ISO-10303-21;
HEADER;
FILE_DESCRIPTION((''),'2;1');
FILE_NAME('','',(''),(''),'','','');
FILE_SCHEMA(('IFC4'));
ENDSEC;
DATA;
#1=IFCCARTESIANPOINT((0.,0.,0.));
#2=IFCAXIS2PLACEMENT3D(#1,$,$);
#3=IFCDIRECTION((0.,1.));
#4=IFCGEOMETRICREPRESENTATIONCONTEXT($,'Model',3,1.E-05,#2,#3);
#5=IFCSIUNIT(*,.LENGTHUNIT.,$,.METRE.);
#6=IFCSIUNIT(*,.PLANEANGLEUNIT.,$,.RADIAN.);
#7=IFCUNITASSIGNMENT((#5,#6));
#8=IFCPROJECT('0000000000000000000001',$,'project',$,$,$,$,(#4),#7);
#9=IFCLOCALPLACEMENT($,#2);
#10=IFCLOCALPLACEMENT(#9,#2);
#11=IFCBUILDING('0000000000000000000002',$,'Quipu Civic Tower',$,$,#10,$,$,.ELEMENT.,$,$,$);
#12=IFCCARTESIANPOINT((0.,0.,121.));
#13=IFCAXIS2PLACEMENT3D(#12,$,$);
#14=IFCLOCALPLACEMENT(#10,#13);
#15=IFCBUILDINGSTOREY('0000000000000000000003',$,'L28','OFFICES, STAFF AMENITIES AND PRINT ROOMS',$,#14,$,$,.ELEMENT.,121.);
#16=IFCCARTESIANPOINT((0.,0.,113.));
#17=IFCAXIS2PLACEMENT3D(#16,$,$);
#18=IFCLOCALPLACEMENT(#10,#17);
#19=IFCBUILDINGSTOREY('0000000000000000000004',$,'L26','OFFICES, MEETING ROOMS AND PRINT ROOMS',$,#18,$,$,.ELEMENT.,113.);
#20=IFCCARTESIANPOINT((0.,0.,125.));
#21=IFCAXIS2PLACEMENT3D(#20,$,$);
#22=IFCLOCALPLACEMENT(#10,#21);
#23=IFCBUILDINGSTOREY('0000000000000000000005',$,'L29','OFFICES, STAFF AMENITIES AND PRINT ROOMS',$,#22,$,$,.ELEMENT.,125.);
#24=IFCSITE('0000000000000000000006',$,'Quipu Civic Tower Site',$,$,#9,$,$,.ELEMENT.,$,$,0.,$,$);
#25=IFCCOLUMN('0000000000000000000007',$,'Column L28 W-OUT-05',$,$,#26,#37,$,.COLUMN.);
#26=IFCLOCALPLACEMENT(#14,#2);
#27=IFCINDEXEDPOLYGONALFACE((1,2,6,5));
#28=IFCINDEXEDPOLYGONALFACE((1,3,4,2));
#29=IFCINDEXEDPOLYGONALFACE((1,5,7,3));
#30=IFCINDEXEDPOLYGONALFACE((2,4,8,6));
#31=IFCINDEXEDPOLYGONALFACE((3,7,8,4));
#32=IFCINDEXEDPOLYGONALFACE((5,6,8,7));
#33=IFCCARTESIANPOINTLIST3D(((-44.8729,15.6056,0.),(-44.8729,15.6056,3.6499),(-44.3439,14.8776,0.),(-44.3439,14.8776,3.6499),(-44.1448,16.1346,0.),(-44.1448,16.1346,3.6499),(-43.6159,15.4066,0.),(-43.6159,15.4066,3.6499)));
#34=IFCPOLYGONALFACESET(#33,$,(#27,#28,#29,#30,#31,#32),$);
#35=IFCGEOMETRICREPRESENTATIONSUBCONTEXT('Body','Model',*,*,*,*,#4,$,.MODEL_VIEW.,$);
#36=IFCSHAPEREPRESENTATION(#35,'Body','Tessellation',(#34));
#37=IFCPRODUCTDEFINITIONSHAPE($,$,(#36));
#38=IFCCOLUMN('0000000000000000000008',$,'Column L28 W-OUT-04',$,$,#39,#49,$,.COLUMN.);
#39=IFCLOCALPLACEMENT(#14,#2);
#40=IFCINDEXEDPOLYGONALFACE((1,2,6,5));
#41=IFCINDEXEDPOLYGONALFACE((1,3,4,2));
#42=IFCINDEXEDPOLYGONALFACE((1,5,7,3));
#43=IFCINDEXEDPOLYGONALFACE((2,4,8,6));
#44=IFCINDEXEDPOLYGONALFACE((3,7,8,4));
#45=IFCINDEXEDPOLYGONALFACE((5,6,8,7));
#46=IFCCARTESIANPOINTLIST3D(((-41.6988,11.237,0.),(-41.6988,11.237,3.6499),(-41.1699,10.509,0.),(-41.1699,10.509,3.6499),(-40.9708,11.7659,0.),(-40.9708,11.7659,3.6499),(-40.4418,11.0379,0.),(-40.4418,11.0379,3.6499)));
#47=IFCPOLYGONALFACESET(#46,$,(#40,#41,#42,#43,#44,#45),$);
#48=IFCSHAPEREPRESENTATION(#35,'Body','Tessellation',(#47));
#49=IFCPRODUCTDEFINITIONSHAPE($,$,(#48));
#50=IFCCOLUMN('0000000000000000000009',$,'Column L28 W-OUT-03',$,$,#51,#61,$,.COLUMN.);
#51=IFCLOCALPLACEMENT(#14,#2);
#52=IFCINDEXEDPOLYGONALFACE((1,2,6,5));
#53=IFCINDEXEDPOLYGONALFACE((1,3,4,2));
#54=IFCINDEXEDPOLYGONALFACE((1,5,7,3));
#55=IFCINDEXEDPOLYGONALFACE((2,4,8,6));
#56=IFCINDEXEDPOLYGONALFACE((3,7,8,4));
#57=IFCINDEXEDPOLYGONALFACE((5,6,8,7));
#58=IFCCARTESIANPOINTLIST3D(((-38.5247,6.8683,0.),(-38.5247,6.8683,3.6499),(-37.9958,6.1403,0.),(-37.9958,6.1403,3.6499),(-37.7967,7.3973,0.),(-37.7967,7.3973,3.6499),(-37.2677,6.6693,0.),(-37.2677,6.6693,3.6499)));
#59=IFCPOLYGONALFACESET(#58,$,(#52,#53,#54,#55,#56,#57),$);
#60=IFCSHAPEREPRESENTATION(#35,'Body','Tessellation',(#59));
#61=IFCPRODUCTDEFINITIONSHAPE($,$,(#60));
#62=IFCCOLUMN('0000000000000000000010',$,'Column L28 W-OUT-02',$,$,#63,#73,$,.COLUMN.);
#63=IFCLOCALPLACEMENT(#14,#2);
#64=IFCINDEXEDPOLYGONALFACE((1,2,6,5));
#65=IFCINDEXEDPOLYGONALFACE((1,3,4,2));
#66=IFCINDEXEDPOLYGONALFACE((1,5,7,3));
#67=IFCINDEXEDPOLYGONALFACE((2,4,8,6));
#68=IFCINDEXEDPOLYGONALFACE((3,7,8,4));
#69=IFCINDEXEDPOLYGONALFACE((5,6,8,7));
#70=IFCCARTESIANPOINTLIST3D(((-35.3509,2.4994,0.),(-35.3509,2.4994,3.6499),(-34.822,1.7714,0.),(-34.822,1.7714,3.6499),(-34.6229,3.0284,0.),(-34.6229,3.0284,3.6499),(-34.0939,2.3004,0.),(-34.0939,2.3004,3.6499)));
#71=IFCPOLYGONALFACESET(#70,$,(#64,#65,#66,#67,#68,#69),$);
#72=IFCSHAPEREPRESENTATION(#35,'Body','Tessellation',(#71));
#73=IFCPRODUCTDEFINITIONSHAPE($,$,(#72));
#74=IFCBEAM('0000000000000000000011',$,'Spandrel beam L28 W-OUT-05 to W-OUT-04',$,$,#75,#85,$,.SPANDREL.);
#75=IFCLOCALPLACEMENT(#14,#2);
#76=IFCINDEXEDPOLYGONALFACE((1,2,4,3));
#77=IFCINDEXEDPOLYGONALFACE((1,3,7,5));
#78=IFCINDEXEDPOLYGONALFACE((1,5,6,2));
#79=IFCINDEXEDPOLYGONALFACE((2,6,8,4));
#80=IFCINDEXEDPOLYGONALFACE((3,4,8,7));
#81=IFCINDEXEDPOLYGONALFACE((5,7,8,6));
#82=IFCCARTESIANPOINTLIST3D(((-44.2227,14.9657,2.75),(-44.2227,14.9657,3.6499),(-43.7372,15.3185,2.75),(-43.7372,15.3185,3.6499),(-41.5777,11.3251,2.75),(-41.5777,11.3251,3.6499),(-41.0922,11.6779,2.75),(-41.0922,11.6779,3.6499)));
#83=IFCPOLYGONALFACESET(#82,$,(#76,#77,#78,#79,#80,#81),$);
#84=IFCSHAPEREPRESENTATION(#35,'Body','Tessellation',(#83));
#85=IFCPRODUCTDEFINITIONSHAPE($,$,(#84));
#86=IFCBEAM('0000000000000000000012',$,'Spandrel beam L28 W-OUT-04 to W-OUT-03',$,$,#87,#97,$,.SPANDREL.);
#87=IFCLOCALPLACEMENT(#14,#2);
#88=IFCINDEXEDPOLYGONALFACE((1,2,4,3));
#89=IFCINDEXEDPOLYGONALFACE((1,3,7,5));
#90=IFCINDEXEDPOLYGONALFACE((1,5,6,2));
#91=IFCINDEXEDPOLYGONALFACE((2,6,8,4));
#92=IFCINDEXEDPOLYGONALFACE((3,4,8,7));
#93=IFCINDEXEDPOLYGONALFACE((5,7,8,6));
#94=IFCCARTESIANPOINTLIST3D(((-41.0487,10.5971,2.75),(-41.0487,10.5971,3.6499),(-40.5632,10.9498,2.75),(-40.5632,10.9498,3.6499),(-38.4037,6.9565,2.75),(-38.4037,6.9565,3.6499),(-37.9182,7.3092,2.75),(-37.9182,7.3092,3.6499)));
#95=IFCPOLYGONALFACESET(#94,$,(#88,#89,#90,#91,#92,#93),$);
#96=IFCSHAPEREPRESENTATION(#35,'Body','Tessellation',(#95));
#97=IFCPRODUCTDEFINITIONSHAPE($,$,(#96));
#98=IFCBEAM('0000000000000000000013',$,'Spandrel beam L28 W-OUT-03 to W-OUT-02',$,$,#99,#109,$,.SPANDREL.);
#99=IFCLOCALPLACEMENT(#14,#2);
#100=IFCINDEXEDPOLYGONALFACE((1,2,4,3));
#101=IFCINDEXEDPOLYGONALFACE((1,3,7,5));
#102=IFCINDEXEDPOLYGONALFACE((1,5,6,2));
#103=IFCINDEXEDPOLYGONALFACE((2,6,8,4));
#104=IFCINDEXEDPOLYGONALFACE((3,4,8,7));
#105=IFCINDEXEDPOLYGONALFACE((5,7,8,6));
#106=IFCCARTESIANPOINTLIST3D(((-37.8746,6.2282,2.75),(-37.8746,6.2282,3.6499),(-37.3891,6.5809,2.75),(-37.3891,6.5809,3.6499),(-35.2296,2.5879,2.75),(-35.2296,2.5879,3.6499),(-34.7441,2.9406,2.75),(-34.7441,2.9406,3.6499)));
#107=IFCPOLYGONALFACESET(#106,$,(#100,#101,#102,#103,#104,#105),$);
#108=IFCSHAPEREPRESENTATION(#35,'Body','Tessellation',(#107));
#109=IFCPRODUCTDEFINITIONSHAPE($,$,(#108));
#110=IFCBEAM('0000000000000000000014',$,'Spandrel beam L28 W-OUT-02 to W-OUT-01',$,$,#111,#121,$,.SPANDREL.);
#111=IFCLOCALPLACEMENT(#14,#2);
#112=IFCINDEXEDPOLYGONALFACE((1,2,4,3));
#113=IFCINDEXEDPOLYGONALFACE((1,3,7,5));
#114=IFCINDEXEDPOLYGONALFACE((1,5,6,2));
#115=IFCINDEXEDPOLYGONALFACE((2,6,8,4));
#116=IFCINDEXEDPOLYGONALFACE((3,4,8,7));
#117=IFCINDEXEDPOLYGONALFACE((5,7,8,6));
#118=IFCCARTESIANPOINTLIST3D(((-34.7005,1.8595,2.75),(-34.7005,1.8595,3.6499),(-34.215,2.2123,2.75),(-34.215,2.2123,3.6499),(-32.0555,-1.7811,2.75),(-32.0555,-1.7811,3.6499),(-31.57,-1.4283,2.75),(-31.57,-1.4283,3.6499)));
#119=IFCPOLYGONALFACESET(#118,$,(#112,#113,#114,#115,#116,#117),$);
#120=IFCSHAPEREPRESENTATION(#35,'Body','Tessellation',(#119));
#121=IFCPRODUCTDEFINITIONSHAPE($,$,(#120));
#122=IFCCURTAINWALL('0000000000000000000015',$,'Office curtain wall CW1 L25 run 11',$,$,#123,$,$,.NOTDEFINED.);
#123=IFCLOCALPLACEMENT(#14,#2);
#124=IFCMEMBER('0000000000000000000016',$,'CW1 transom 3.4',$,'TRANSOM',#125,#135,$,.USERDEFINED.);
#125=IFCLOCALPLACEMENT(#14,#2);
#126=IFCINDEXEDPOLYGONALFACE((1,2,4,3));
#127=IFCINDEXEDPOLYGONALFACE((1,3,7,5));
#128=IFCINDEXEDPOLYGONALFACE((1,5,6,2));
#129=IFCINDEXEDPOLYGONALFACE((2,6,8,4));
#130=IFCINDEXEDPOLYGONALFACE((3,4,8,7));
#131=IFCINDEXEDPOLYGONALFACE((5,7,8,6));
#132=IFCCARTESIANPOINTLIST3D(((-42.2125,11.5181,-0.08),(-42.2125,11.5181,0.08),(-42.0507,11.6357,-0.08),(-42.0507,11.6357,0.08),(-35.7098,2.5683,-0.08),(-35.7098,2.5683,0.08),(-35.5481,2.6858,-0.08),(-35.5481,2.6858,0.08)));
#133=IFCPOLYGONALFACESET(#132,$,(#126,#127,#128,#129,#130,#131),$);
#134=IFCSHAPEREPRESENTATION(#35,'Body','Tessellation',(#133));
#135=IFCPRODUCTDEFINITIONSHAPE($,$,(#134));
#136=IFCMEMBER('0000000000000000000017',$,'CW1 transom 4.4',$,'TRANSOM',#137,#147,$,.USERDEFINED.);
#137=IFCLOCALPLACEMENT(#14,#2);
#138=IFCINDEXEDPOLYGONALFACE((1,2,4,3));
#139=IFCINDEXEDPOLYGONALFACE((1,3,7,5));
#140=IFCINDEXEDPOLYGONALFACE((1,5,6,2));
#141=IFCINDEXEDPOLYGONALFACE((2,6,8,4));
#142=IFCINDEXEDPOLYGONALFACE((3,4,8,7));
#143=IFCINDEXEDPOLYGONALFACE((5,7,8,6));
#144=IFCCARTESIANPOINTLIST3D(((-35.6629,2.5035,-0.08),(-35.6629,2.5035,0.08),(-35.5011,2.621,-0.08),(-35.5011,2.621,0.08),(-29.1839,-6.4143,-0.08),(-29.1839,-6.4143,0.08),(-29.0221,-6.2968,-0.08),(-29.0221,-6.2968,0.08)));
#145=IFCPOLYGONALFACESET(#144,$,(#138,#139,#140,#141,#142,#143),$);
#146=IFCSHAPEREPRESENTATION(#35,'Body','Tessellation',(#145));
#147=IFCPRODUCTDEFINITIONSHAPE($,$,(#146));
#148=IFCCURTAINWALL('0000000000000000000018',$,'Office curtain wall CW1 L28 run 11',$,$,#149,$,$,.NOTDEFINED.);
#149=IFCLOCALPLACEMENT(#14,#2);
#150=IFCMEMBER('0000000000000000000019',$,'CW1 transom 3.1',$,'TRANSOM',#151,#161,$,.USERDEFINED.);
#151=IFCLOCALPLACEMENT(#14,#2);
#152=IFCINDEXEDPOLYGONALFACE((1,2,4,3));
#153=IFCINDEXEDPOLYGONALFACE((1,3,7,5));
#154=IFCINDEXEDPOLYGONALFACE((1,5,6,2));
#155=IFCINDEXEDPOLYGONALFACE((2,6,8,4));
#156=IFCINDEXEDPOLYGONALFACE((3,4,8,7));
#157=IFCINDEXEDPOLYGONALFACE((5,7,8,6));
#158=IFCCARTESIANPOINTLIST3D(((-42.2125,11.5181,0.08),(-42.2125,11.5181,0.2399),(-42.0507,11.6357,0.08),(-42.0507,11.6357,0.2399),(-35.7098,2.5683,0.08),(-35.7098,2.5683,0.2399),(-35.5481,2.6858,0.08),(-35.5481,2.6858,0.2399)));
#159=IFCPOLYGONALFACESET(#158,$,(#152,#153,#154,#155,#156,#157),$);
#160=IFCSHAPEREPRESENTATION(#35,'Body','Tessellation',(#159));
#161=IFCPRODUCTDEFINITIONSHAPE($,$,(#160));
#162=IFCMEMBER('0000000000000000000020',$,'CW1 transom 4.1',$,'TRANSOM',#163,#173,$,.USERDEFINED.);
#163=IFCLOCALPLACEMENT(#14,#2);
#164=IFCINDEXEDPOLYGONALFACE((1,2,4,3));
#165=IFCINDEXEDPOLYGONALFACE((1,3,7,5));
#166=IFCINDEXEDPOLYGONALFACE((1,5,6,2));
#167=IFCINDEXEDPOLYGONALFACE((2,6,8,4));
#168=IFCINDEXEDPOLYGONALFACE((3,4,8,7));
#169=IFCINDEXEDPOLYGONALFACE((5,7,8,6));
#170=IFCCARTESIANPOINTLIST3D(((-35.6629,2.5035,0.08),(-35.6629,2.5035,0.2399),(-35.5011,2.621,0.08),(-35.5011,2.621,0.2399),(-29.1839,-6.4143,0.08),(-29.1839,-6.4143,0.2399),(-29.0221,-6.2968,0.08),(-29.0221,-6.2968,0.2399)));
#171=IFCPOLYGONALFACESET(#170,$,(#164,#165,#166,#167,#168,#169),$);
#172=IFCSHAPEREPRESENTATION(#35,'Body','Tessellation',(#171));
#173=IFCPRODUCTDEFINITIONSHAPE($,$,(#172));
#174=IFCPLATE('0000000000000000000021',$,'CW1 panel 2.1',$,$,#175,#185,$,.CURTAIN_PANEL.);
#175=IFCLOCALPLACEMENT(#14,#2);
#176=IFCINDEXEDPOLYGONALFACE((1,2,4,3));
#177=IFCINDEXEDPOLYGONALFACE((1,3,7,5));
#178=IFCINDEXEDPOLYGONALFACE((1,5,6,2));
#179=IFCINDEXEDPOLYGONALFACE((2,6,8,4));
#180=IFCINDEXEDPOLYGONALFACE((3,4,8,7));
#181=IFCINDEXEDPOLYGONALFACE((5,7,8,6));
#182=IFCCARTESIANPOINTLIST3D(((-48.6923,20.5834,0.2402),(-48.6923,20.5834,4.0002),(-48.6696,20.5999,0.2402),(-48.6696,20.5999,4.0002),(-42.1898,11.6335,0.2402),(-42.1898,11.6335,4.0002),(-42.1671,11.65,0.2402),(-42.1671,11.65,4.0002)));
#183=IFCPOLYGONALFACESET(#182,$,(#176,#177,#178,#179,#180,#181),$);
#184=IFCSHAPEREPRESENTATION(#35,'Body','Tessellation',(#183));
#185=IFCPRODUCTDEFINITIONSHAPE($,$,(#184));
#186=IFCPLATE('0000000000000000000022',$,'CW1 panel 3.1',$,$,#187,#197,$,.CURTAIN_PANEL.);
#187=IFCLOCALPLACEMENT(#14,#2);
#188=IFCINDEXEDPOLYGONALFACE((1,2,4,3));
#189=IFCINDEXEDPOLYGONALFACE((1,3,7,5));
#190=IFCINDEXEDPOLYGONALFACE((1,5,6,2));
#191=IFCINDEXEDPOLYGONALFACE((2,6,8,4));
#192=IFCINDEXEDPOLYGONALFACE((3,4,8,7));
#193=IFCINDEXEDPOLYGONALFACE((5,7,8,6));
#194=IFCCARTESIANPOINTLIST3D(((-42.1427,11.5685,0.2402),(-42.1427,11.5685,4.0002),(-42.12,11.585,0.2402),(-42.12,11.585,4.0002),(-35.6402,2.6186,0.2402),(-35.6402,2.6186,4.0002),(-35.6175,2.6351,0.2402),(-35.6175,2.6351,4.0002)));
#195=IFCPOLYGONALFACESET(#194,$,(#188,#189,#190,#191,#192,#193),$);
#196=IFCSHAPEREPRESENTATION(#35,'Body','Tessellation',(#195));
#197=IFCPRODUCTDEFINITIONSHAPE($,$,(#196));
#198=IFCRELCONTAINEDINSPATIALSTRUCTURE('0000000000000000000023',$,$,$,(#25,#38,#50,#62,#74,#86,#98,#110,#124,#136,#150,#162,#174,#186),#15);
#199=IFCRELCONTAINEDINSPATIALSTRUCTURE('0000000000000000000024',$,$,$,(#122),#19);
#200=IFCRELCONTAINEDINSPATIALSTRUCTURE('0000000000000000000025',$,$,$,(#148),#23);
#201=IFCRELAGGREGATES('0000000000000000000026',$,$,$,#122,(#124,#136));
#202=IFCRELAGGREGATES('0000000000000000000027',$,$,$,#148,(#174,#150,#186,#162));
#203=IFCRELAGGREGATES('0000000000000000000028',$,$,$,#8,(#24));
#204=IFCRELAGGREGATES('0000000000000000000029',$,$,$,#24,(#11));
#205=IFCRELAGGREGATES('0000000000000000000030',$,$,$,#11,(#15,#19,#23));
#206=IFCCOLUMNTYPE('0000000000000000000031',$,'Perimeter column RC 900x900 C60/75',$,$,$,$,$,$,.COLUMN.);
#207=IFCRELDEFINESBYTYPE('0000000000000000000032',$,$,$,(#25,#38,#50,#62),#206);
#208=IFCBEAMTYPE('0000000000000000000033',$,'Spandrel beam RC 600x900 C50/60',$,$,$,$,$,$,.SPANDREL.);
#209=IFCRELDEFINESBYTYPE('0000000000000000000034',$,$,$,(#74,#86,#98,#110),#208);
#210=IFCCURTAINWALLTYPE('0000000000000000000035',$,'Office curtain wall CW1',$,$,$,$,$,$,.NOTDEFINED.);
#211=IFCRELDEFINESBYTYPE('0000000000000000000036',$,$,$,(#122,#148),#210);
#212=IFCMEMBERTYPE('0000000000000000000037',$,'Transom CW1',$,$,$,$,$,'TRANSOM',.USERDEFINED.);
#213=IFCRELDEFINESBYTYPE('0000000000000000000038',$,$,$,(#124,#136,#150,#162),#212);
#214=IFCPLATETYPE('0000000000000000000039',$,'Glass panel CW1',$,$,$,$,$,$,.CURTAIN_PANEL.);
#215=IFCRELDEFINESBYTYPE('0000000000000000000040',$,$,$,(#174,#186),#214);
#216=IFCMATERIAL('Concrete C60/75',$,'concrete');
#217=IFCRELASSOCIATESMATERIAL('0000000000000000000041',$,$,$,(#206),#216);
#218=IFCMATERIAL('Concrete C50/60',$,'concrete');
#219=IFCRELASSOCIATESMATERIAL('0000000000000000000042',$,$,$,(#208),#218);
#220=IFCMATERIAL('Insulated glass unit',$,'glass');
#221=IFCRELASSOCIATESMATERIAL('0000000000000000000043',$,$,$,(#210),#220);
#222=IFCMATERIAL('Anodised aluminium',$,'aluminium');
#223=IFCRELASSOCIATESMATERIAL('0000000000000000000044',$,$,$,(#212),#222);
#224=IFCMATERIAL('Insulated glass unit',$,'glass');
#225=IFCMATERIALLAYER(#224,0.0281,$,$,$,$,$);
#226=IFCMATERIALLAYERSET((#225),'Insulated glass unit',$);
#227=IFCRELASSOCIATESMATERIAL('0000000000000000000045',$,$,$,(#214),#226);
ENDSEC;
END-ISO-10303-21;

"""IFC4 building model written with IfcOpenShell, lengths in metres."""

from ifc_helpers import new_model, si_unit, direction, frame, origin, origin_2d, place, context, subcontext, project, spatial, rectangle, extrude, material, layer, layer_set, material_profile, profile_set, type_object, element, aggregate, save


model = new_model("IFC4")

# Units and contexts
model_context = context("Model", 3, precision=1e-05, world=origin(), true_north=direction((0.0, 1.0)))
body_context = subcontext(model_context, "Body", "Model", "MODEL_VIEW")
ifc_project = project(units=[si_unit("LENGTHUNIT", "METRE"), si_unit("PLANEANGLEUNIT", "RADIAN")], contexts=[model_context])

# Site, building, storey
site_placement = place(None, origin())
site = spatial("IfcSite", under=ifc_project, at=site_placement, Name="Quipu Civic Tower Site", CompositionType="ELEMENT", RefElevation=0.0)
building_placement = place(site_placement, origin())
building = spatial("IfcBuilding", under=site, at=building_placement, Name="Quipu Civic Tower", CompositionType="ELEMENT")
storey_1_placement = place(building_placement, frame((0.0, 0.0, 121.0)))
storey_1 = spatial("IfcBuildingStorey", under=building, at=storey_1_placement, Name="L28", Description="OFFICES, STAFF AMENITIES AND PRINT ROOMS", CompositionType="ELEMENT", Elevation=121.0)

# Columns
ifc_material_1 = material(Name="Concrete C60/75", Category="concrete")
ifc_material_profile_1 = material_profile(ifc_material_1, rectangle(XDim=0.8999, YDim=0.8999, at=origin_2d()), Name="RC900x900")
ifc_profile_set_1 = profile_set([ifc_material_profile_1], Name="Concrete C60/75")
column_type = type_object("IfcColumnType", Name="Perimeter column RC 900x900 C60/75", PredefinedType="COLUMN", material=ifc_profile_set_1)
for number, where, z_axis, x_axis, name in (
    (1, (-44.2444, 15.5061, 0.0), (0.0, 0.0, 1.0), (0.587785, -0.809017, 0.0), "Column L28 W-OUT-05"),
    (2, (-41.0703, 11.1375, 0.0), (0.0, 0.0, 1.0), (0.587785, -0.809017, 0.0), "Column L28 W-OUT-04"),
    (3, (-37.8962, 6.7688, 0.0), (0.0, 0.0, 1.0), (0.587785, -0.809017, 0.0), "Column L28 W-OUT-03"),
    (4, (-34.7224, 2.3999, 0.0), (0.0, 0.0, 1.0), (0.587785, -0.809017, 0.0), "Column L28 W-OUT-02"),
):
    element("IfcColumn", number, at=place(storey_1_placement, frame(where, z_axis=z_axis, x_axis=x_axis)), inside=storey_1, type_object=column_type, Name=name, PredefinedType="COLUMN", context=body_context, shape_type="SweptSolid", body=[
        extrude(rectangle(XDim=0.8999, YDim=0.8999, at=origin_2d()), origin(), (0.0, 0.0, 1.0), 3.6499),
    ])

# Beams
ifc_material_2 = material(Name="Concrete C50/60", Category="concrete")
ifc_material_profile_2 = material_profile(ifc_material_2, rectangle(XDim=0.6001, YDim=0.8999, at=origin_2d()), Name="RC600x900")
ifc_profile_set_2 = profile_set([ifc_material_profile_2], Name="Concrete C50/60")
beam_type = type_object("IfcBeamType", Name="Spandrel beam RC 600x900 C50/60", PredefinedType="SPANDREL", material=ifc_profile_set_2)
for number, where, z_axis, x_axis, name in (
    (5, (-43.98, 15.1421, 3.2), (0.587778, -0.809022, 0.0), (0.809022, 0.587778, 0.0), "Spandrel beam L28 W-OUT-05 to W-OUT-04"),
    (6, (-40.8059, 10.7734, 3.2), (0.587778, -0.809022, 0.0), (0.809022, 0.587778, 0.0), "Spandrel beam L28 W-OUT-04 to W-OUT-03"),
):
    element("IfcBeam", number, at=place(storey_1_placement, frame(where, z_axis=z_axis, x_axis=x_axis)), inside=storey_1, type_object=beam_type, Name=name, PredefinedType="SPANDREL", context=body_context, shape_type="SweptSolid", body=[
        extrude(rectangle(XDim=0.6001, YDim=0.8999, at=origin_2d()), origin(), (0.0, 0.0, 1.0), 4.5),
    ])
beam_1_placement = place(storey_1_placement, frame((-37.6318, 6.4045, 3.2), z_axis=(0.587804, -0.809003, 0.0), x_axis=(0.809003, 0.587804, 0.0)))
element("IfcBeam", 7, at=beam_1_placement, inside=storey_1, type_object=beam_type, Name="Spandrel beam L28 W-OUT-03 to W-OUT-02", PredefinedType="SPANDREL", context=body_context, shape_type="SweptSolid", body=[
    extrude(rectangle(XDim=0.6001, YDim=0.8999, at=origin_2d()), origin(), (0.0, 0.0, 1.0), 4.4998),
])
beam_2_placement = place(storey_1_placement, frame((-34.4578, 2.0359, 3.2), z_axis=(0.587778, -0.809022, 0.0), x_axis=(0.809022, 0.587778, 0.0)))
element("IfcBeam", 8, at=beam_2_placement, inside=storey_1, type_object=beam_type, Name="Spandrel beam L28 W-OUT-02 to W-OUT-01", PredefinedType="SPANDREL", context=body_context, shape_type="SweptSolid", body=[
    extrude(rectangle(XDim=0.6001, YDim=0.8999, at=origin_2d()), origin(), (0.0, 0.0, 1.0), 4.5),
])

# Shared definitions
storey_2_placement = place(building_placement, frame((0.0, 0.0, 113.0)))
storey_2 = spatial("IfcBuildingStorey", under=building, at=storey_2_placement, Name="L26", Description="OFFICES, MEETING ROOMS AND PRINT ROOMS", CompositionType="ELEMENT", Elevation=113.0)

# Curtain wall, members
ifc_material_3 = material(Name="Insulated glass unit", Category="glass")
curtain_wall_type = type_object("IfcCurtainWallType", Name="Office curtain wall CW1", PredefinedType="NOTDEFINED", material=ifc_material_3)
curtain_wall_1_placement = place(storey_2_placement, origin())
curtain_wall_1 = element("IfcCurtainWall", 9, at=curtain_wall_1_placement, inside=storey_2, type_object=curtain_wall_type, Name="Office curtain wall CW1 L25 run 11", PredefinedType="NOTDEFINED")
ifc_material_4 = material(Name="Anodised aluminium", Category="aluminium")
ifc_material_profile_3 = material_profile(ifc_material_4, rectangle(XDim=0.2, YDim=0.1599, at=origin_2d()), Name="RECT 200x160")
ifc_profile_set_3 = profile_set([ifc_material_profile_3], Name="Anodised aluminium")
member_type = type_object("IfcMemberType", Name="Transom CW1", ElementType="TRANSOM", PredefinedType="USERDEFINED", material=ifc_profile_set_3)
member_1_placement = place(storey_1_placement, frame((-42.1316, 11.5769, 0.0), z_axis=(0.587795, -0.80901, 0.0), x_axis=(0.80901, 0.587795, 0.0)))
member_1 = element("IfcMember", 10, at=member_1_placement, inside=storey_1, type_object=member_type, Name="CW1 transom 3.4", ObjectType="TRANSOM", PredefinedType="USERDEFINED", context=body_context, shape_type="SweptSolid", body=[
    extrude(rectangle(XDim=0.2, YDim=0.1599, at=origin_2d()), origin(), (0.0, 0.0, 1.0), 11.0627),
])
member_2_placement = place(storey_1_placement, frame((-35.582, 2.5623, 0.0), z_axis=(0.587779, -0.809021, 0.0), x_axis=(0.809021, 0.587779, 0.0)))
member_2 = element("IfcMember", 11, at=member_2_placement, inside=storey_1, type_object=member_type, Name="CW1 transom 4.4", ObjectType="TRANSOM", PredefinedType="USERDEFINED", context=body_context, shape_type="SweptSolid", body=[
    extrude(rectangle(XDim=0.2, YDim=0.1599, at=origin_2d()), origin(), (0.0, 0.0, 1.0), 11.0229),
])
aggregate(curtain_wall_1, [member_1, member_2])

# Shared definitions
storey_3_placement = place(building_placement, frame((0.0, 0.0, 125.0)))
storey_3 = spatial("IfcBuildingStorey", under=building, at=storey_3_placement, Name="L29", Description="OFFICES, STAFF AMENITIES AND PRINT ROOMS", CompositionType="ELEMENT", Elevation=125.0)

# Curtain wall, members, plates
curtain_wall_2_placement = place(storey_3_placement, origin())
curtain_wall_2 = element("IfcCurtainWall", 12, at=curtain_wall_2_placement, inside=storey_3, type_object=curtain_wall_type, Name="Office curtain wall CW1 L28 run 11", PredefinedType="NOTDEFINED")
member_3_placement = place(storey_1_placement, frame((-42.1316, 11.5769, 0.1599), z_axis=(0.587795, -0.80901, 0.0), x_axis=(0.80901, 0.587795, 0.0)))
member_3 = element("IfcMember", 13, at=member_3_placement, inside=storey_1, type_object=member_type, Name="CW1 transom 3.1", ObjectType="TRANSOM", PredefinedType="USERDEFINED", context=body_context, shape_type="SweptSolid", body=[
    extrude(rectangle(XDim=0.2, YDim=0.1599, at=origin_2d()), origin(), (0.0, 0.0, 1.0), 11.0627),
])
member_4_placement = place(storey_1_placement, frame((-35.582, 2.5623, 0.1599), z_axis=(0.587779, -0.809021, 0.0), x_axis=(0.809021, 0.587779, 0.0)))
member_4 = element("IfcMember", 14, at=member_4_placement, inside=storey_1, type_object=member_type, Name="CW1 transom 4.1", ObjectType="TRANSOM", PredefinedType="USERDEFINED", context=body_context, shape_type="SweptSolid", body=[
    extrude(rectangle(XDim=0.2, YDim=0.1599, at=origin_2d()), origin(), (0.0, 0.0, 1.0), 11.0229),
])
ifc_material_5 = material(Name="Insulated glass unit", Category="glass")
ifc_layer_1 = layer(ifc_material_5, 0.0281)
ifc_layer_set_1 = layer_set([ifc_layer_1], Name="Insulated glass unit")
plate_type_1 = type_object("IfcPlateType", Name="Glass panel CW1", PredefinedType="CURTAIN_PANEL", material=ifc_layer_set_1)
plate_1_placement = place(storey_1_placement, frame((-45.4297, 16.1167, 0.2402), z_axis=(0.0, 0.0, 1.0), x_axis=(0.587786, -0.809017, 0.0)))
plate_1 = element("IfcPlate", 15, at=plate_1_placement, inside=storey_1, type_object=plate_type_1, Name="CW1 panel 2.1", PredefinedType="CURTAIN_PANEL", context=body_context, shape_type="SweptSolid", body=[
    extrude(rectangle(XDim=11.0627, YDim=0.0281, at=origin_2d()), origin(), (0.0, 0.0, 1.0), 3.76),
])
plate_2_placement = place(storey_1_placement, frame((-38.8801, 7.1018, 0.2402), z_axis=(0.0, 0.0, 1.0), x_axis=(0.587786, -0.809017, 0.0)))
plate_2 = element("IfcPlate", 16, at=plate_2_placement, inside=storey_1, type_object=plate_type_1, Name="CW1 panel 3.1", PredefinedType="CURTAIN_PANEL", context=body_context, shape_type="SweptSolid", body=[
    extrude(rectangle(XDim=11.0627, YDim=0.0281, at=origin_2d()), origin(), (0.0, 0.0, 1.0), 3.76),
])
aggregate(curtain_wall_2, [plate_1, member_3, plate_2, member_4])

save(model, "model.ifc")
